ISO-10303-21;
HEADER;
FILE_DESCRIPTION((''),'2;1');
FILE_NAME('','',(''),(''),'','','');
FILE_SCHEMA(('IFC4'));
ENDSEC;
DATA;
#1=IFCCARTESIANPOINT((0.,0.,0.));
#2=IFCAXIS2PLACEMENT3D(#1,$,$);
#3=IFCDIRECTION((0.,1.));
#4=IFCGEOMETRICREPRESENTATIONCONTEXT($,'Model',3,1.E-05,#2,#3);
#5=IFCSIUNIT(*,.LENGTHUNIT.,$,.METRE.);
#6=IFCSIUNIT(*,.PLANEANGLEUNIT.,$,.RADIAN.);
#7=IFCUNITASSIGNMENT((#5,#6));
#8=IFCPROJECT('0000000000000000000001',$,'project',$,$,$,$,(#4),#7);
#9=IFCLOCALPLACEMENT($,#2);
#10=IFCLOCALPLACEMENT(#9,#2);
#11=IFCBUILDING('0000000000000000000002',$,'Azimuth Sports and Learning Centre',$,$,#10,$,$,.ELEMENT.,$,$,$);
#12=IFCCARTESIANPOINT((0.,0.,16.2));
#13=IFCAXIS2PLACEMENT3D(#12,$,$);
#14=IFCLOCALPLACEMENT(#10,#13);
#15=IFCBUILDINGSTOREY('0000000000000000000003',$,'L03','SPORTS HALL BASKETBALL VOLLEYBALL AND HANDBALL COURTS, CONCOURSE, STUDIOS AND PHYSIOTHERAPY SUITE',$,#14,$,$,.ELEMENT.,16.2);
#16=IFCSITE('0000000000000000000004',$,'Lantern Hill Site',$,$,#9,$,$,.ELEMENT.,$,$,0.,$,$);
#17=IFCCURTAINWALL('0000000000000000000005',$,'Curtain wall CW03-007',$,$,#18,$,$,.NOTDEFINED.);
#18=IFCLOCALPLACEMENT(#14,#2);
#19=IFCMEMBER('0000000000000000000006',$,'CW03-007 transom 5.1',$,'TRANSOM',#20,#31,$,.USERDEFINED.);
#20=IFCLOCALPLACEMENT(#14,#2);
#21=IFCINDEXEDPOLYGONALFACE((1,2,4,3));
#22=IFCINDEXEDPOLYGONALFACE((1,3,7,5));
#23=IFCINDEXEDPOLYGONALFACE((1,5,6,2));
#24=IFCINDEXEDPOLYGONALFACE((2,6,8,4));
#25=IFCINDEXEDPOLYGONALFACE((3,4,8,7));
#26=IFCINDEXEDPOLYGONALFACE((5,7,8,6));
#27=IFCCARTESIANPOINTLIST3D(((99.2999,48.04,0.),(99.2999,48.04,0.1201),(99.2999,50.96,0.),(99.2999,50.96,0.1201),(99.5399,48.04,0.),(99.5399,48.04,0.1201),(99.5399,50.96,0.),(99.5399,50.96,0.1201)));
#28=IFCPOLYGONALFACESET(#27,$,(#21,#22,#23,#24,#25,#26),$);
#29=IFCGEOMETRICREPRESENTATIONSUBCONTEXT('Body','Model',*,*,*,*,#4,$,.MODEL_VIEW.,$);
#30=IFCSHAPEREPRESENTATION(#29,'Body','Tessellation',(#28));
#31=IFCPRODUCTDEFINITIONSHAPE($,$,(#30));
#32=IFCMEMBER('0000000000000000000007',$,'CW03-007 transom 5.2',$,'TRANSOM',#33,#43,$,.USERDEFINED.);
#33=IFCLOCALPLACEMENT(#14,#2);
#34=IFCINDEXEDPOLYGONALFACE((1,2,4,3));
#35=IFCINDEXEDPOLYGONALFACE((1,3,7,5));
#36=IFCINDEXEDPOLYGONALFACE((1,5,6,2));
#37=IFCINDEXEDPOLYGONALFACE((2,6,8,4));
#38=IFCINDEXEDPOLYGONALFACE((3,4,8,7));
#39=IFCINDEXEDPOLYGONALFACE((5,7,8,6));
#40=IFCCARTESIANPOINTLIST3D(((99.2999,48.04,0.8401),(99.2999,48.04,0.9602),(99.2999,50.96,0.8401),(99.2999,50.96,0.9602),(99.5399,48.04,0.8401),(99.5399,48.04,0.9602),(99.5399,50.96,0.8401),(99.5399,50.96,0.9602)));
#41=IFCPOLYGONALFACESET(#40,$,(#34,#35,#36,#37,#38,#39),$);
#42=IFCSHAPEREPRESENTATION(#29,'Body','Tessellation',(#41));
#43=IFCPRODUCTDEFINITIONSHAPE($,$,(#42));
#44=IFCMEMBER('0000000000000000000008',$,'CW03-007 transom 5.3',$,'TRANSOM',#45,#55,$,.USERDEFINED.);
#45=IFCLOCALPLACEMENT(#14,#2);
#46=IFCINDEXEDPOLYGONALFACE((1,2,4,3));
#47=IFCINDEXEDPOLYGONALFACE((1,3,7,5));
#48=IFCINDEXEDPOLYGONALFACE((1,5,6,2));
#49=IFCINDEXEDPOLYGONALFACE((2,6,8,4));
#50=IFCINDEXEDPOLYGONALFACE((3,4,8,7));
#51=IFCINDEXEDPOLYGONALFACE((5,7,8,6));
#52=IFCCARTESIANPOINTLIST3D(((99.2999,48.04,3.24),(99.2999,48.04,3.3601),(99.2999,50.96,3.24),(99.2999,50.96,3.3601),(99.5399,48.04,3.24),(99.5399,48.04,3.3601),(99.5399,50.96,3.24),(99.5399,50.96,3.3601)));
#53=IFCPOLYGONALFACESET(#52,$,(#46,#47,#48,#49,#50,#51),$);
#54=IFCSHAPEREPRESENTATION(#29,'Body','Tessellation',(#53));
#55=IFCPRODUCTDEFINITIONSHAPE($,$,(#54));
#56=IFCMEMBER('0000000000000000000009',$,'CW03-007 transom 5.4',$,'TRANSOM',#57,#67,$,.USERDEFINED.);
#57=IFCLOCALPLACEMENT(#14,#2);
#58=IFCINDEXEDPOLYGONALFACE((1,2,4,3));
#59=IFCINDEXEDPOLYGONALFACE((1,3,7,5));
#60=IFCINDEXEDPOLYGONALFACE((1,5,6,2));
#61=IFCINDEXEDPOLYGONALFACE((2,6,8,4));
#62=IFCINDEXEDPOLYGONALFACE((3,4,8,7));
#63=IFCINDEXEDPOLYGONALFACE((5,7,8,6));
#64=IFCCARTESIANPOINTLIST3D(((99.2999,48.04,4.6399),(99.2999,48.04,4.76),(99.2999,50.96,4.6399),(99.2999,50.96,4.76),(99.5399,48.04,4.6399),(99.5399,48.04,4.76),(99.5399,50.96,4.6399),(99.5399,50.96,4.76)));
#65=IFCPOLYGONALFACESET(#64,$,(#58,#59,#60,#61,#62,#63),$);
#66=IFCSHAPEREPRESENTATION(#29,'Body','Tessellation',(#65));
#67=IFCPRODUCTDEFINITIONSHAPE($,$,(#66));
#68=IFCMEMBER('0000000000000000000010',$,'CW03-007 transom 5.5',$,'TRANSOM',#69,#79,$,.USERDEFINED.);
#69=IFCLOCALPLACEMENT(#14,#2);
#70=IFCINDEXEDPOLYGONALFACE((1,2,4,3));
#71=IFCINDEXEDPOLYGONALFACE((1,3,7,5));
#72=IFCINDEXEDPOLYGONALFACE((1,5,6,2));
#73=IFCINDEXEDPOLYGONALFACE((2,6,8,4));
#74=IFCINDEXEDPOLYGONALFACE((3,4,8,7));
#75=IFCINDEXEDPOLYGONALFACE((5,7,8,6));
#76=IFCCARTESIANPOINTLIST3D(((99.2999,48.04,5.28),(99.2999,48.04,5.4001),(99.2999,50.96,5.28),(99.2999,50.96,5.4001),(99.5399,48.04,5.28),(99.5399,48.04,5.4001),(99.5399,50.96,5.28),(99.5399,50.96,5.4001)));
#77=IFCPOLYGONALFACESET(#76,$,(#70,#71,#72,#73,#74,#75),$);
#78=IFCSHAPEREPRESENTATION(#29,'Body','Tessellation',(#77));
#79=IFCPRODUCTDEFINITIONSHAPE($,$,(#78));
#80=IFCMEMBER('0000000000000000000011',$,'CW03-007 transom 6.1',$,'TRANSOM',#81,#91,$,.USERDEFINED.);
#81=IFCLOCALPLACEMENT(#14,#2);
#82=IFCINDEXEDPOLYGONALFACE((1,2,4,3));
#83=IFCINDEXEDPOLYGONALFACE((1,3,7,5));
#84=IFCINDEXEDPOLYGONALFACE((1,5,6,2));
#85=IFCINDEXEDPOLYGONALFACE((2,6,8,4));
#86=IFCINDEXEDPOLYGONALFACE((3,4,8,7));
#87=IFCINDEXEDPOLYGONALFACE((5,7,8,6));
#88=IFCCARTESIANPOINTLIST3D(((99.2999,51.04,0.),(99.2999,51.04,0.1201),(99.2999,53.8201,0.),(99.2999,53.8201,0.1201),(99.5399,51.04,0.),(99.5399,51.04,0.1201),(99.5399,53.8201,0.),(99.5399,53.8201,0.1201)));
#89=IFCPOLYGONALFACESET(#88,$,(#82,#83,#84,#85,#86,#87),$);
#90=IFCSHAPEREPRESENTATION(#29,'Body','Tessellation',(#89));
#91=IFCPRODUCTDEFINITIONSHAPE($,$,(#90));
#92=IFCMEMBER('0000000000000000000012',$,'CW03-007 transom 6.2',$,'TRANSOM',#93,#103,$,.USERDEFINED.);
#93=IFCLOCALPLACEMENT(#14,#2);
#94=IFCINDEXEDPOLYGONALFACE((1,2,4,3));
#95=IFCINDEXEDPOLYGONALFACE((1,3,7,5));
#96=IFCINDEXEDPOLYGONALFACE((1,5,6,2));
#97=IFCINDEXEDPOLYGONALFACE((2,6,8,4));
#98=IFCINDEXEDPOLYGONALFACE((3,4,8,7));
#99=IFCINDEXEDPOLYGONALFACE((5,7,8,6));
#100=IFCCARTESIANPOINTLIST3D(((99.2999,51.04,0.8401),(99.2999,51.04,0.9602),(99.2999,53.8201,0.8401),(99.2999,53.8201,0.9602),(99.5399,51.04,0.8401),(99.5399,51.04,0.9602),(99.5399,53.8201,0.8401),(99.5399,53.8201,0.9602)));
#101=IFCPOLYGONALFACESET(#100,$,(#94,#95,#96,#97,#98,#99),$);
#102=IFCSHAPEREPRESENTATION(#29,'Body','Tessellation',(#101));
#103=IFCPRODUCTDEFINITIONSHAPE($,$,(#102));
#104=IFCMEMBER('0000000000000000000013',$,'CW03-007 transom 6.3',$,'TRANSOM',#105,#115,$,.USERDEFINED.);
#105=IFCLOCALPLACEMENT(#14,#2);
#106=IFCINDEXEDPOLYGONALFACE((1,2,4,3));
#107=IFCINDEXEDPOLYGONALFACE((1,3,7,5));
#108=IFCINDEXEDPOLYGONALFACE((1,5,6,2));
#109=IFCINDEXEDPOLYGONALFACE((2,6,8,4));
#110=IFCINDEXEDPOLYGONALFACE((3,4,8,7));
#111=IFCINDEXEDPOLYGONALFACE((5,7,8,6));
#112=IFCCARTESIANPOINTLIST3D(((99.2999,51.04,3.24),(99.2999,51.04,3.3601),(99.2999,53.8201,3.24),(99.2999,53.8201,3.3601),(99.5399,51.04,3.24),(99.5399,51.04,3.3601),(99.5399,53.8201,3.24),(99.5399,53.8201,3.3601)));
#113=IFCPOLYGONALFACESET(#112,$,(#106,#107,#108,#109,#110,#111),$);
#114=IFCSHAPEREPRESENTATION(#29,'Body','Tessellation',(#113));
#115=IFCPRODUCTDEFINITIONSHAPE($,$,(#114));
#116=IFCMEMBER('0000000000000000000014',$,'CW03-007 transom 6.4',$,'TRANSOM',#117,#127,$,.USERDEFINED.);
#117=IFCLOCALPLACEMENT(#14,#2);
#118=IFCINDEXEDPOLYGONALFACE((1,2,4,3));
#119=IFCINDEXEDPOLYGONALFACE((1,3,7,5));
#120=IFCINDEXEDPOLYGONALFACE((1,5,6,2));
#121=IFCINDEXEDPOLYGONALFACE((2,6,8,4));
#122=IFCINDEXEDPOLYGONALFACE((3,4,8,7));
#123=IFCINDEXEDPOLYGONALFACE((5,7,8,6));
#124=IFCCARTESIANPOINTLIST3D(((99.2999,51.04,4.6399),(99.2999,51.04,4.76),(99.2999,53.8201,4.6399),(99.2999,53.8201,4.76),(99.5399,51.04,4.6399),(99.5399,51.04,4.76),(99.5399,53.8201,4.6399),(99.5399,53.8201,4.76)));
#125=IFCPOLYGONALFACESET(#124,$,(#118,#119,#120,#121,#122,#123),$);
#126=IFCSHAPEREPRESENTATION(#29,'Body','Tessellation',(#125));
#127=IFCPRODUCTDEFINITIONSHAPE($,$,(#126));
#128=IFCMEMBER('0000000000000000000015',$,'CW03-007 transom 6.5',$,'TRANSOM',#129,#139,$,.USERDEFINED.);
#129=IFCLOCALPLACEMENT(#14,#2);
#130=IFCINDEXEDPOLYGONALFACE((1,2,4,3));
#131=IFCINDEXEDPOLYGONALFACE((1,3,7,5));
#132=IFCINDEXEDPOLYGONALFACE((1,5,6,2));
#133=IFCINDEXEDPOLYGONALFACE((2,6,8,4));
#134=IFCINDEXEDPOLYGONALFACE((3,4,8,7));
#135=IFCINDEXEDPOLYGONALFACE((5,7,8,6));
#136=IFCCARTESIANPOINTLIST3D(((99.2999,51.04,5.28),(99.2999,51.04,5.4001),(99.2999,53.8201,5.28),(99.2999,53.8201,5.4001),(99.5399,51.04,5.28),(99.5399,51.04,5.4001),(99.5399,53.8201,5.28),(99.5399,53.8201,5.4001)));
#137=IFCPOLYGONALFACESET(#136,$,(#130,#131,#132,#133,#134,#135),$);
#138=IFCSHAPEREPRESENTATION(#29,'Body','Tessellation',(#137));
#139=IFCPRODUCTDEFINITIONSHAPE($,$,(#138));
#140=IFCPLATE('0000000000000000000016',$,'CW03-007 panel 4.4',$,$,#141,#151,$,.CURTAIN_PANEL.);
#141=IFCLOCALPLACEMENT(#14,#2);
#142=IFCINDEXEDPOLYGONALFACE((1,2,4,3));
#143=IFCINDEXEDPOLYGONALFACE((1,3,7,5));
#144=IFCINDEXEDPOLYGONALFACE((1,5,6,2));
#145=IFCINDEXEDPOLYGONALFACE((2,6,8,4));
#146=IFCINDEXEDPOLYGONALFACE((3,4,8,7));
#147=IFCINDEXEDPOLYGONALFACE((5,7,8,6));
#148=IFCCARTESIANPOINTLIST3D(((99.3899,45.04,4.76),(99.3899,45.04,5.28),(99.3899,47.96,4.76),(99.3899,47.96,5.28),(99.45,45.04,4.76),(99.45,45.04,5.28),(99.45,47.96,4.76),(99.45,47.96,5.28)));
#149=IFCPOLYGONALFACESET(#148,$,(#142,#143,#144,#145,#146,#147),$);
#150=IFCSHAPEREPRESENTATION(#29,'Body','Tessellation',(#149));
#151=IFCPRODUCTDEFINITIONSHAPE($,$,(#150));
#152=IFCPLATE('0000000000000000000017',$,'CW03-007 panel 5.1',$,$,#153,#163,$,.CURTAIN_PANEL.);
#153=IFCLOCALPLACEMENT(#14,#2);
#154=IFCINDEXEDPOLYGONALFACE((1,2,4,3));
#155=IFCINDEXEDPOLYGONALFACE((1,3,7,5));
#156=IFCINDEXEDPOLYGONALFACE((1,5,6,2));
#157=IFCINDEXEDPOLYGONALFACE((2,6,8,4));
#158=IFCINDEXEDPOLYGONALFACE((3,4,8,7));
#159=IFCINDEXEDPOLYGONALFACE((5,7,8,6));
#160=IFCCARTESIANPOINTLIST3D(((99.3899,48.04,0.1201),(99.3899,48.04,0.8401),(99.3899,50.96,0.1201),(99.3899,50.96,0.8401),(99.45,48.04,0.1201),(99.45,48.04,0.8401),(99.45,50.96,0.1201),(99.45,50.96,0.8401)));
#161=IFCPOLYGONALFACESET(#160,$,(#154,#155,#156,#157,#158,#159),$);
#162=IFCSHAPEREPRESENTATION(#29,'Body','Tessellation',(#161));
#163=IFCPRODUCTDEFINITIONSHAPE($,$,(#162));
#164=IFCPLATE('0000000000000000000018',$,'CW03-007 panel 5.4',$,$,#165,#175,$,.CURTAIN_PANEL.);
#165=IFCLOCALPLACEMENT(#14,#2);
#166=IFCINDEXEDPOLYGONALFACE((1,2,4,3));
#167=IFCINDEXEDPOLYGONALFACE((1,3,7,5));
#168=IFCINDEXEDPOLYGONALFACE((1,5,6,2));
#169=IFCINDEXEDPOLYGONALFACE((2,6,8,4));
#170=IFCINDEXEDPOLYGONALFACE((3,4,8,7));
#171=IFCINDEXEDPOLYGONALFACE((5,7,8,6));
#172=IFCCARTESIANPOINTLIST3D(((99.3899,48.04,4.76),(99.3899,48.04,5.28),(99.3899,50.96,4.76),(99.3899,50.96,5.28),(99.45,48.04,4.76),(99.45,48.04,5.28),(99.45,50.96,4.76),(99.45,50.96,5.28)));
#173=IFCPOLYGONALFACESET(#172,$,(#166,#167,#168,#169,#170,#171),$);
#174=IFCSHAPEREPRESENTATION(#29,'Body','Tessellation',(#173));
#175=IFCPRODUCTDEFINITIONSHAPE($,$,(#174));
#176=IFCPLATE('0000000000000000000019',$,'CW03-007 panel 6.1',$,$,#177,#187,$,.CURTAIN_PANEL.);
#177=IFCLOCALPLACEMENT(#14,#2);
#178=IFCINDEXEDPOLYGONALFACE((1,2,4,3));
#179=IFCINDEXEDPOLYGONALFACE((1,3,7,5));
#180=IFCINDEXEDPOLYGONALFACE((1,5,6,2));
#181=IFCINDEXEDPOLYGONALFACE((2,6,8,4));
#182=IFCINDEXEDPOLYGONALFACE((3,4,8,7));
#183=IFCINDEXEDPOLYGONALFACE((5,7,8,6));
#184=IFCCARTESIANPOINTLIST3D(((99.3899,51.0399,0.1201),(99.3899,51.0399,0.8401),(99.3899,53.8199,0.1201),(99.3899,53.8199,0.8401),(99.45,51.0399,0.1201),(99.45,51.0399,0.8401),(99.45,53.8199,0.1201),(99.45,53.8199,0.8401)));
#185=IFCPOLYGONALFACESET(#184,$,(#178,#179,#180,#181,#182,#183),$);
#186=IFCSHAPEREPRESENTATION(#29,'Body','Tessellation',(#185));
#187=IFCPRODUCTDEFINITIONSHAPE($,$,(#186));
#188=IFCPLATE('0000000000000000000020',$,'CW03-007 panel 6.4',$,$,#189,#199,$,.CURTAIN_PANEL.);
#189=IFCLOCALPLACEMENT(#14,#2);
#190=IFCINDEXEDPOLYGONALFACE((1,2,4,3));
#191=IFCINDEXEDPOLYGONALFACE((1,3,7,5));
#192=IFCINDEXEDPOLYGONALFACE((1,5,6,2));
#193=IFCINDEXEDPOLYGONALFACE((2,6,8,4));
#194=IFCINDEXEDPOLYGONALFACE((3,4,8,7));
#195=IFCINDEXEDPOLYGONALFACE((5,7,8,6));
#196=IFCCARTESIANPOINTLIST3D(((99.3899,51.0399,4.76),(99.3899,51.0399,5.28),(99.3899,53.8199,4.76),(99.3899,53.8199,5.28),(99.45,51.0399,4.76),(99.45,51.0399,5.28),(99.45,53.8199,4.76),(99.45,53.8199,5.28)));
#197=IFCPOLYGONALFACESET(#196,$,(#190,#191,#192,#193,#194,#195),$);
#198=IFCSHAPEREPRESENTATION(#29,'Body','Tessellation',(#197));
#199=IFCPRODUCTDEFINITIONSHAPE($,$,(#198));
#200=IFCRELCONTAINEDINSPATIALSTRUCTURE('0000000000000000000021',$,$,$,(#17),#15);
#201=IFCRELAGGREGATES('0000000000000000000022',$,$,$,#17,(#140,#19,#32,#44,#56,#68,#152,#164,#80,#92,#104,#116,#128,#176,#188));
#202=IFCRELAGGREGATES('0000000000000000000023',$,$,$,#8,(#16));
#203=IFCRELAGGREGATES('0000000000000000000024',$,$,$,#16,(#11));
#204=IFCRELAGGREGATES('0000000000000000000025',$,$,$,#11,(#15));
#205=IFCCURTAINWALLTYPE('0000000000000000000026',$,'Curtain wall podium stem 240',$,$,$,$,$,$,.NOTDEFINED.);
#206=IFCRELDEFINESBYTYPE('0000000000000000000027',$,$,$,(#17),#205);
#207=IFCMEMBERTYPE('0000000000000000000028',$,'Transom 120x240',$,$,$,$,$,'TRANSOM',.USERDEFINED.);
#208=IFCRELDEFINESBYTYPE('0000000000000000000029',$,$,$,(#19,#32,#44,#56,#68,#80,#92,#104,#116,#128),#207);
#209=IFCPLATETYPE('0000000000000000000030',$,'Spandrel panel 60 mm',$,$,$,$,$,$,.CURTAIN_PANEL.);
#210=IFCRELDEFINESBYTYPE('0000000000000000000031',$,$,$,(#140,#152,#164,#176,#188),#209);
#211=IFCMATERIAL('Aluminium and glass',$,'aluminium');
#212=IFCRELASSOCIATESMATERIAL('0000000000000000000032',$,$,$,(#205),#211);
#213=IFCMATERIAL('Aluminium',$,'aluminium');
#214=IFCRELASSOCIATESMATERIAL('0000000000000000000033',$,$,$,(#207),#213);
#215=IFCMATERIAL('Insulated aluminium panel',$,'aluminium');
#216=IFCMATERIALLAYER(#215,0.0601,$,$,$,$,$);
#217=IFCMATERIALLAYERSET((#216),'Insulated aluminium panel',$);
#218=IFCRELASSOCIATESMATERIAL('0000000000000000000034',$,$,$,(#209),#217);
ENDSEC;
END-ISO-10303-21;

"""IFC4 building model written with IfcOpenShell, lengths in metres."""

from ifc_helpers import new_model, si_unit, direction, frame, origin, origin_2d, place, context, subcontext, project, spatial, rectangle, extrude, material, layer, layer_set, material_profile, profile_set, type_object, element, aggregate, save


model = new_model("IFC4")

# Units and contexts
model_context = context("Model", 3, precision=1e-05, world=origin(), true_north=direction((0.0, 1.0)))
body_context = subcontext(model_context, "Body", "Model", "MODEL_VIEW")
ifc_project = project(units=[si_unit("LENGTHUNIT", "METRE"), si_unit("PLANEANGLEUNIT", "RADIAN")], contexts=[model_context])

# Site, building, storey
site_placement = place(None, origin())
site = spatial("IfcSite", under=ifc_project, at=site_placement, Name="Lantern Hill Site", CompositionType="ELEMENT", RefElevation=0.0)
building_placement = place(site_placement, origin())
building = spatial("IfcBuilding", under=site, at=building_placement, Name="Azimuth Sports and Learning Centre", CompositionType="ELEMENT")
storey_placement = place(building_placement, frame((0.0, 0.0, 16.2)))
storey = spatial("IfcBuildingStorey", under=building, at=storey_placement, Name="L03", Description="SPORTS HALL BASKETBALL VOLLEYBALL AND HANDBALL COURTS, CONCOURSE, STUDIOS AND PHYSIOTHERAPY SUITE", CompositionType="ELEMENT", Elevation=16.2)

# Curtain wall
ifc_material_1 = material(Name="Aluminium and glass", Category="aluminium")
curtain_wall_type = type_object("IfcCurtainWallType", Name="Curtain wall podium stem 240", PredefinedType="NOTDEFINED", material=ifc_material_1)
curtain_wall_1_placement = place(storey_placement, origin())
curtain_wall_1 = element("IfcCurtainWall", 1, at=curtain_wall_1_placement, inside=storey, type_object=curtain_wall_type, Name="Curtain wall CW03-007", PredefinedType="NOTDEFINED")

# Members
ifc_material_2 = material(Name="Aluminium", Category="aluminium")
ifc_material_profile_1 = material_profile(ifc_material_2, rectangle(XDim=0.24, YDim=0.1201, at=origin_2d()), Name="Transom 120x240")
ifc_profile_set_1 = profile_set([ifc_material_profile_1], Name="Aluminium")
member_type_1 = type_object("IfcMemberType", Name="Transom 120x240", ElementType="TRANSOM", PredefinedType="USERDEFINED", material=ifc_profile_set_1)
member_1_placement = place(storey_placement, frame((99.4199, 48.04, 0.0601), z_axis=(0.0, 1.0, 0.0), x_axis=(-1.0, 0.0, 0.0)))
member_1 = element("IfcMember", 2, at=member_1_placement, type_object=member_type_1, Name="CW03-007 transom 5.1", ObjectType="TRANSOM", PredefinedType="USERDEFINED", context=body_context, shape_type="SweptSolid", body=[
    extrude(rectangle(XDim=0.24, YDim=0.1201, at=origin_2d()), origin(), (0.0, 0.0, 1.0), 2.9199),
])
member_2_placement = place(storey_placement, frame((99.4199, 48.04, 0.9001), z_axis=(0.0, 1.0, 0.0), x_axis=(-1.0, 0.0, 0.0)))
member_2 = element("IfcMember", 3, at=member_2_placement, type_object=member_type_1, Name="CW03-007 transom 5.2", ObjectType="TRANSOM", PredefinedType="USERDEFINED", context=body_context, shape_type="SweptSolid", body=[
    extrude(rectangle(XDim=0.24, YDim=0.1201, at=origin_2d()), origin(), (0.0, 0.0, 1.0), 2.9199),
])
member_3_placement = place(storey_placement, frame((99.4199, 48.04, 3.3), z_axis=(0.0, 1.0, 0.0), x_axis=(-1.0, 0.0, 0.0)))
member_3 = element("IfcMember", 4, at=member_3_placement, type_object=member_type_1, Name="CW03-007 transom 5.3", ObjectType="TRANSOM", PredefinedType="USERDEFINED", context=body_context, shape_type="SweptSolid", body=[
    extrude(rectangle(XDim=0.24, YDim=0.1201, at=origin_2d()), origin(), (0.0, 0.0, 1.0), 2.9199),
])
member_4_placement = place(storey_placement, frame((99.4199, 48.04, 4.7), z_axis=(0.0, 1.0, 0.0), x_axis=(-1.0, 0.0, 0.0)))
member_4 = element("IfcMember", 5, at=member_4_placement, type_object=member_type_1, Name="CW03-007 transom 5.4", ObjectType="TRANSOM", PredefinedType="USERDEFINED", context=body_context, shape_type="SweptSolid", body=[
    extrude(rectangle(XDim=0.24, YDim=0.1201, at=origin_2d()), origin(), (0.0, 0.0, 1.0), 2.9199),
])
member_5_placement = place(storey_placement, frame((99.4199, 48.04, 5.3401), z_axis=(0.0, 1.0, 0.0), x_axis=(-1.0, 0.0, 0.0)))
member_5 = element("IfcMember", 6, at=member_5_placement, type_object=member_type_1, Name="CW03-007 transom 5.5", ObjectType="TRANSOM", PredefinedType="USERDEFINED", context=body_context, shape_type="SweptSolid", body=[
    extrude(rectangle(XDim=0.24, YDim=0.1201, at=origin_2d()), origin(), (0.0, 0.0, 1.0), 2.9199),
])
member_6_placement = place(storey_placement, frame((99.4199, 51.04, 0.0601), z_axis=(0.0, 1.0, 0.0), x_axis=(-1.0, 0.0, 0.0)))
member_6 = element("IfcMember", 7, at=member_6_placement, type_object=member_type_1, Name="CW03-007 transom 6.1", ObjectType="TRANSOM", PredefinedType="USERDEFINED", context=body_context, shape_type="SweptSolid", body=[
    extrude(rectangle(XDim=0.24, YDim=0.1201, at=origin_2d()), origin(), (0.0, 0.0, 1.0), 2.78),
])
member_7_placement = place(storey_placement, frame((99.4199, 51.04, 0.9001), z_axis=(0.0, 1.0, 0.0), x_axis=(-1.0, 0.0, 0.0)))
member_7 = element("IfcMember", 8, at=member_7_placement, type_object=member_type_1, Name="CW03-007 transom 6.2", ObjectType="TRANSOM", PredefinedType="USERDEFINED", context=body_context, shape_type="SweptSolid", body=[
    extrude(rectangle(XDim=0.24, YDim=0.1201, at=origin_2d()), origin(), (0.0, 0.0, 1.0), 2.78),
])
member_8_placement = place(storey_placement, frame((99.4199, 51.04, 3.3), z_axis=(0.0, 1.0, 0.0), x_axis=(-1.0, 0.0, 0.0)))
member_8 = element("IfcMember", 9, at=member_8_placement, type_object=member_type_1, Name="CW03-007 transom 6.3", ObjectType="TRANSOM", PredefinedType="USERDEFINED", context=body_context, shape_type="SweptSolid", body=[
    extrude(rectangle(XDim=0.24, YDim=0.1201, at=origin_2d()), origin(), (0.0, 0.0, 1.0), 2.78),
])
member_9_placement = place(storey_placement, frame((99.4199, 51.04, 4.7), z_axis=(0.0, 1.0, 0.0), x_axis=(-1.0, 0.0, 0.0)))
member_9 = element("IfcMember", 10, at=member_9_placement, type_object=member_type_1, Name="CW03-007 transom 6.4", ObjectType="TRANSOM", PredefinedType="USERDEFINED", context=body_context, shape_type="SweptSolid", body=[
    extrude(rectangle(XDim=0.24, YDim=0.1201, at=origin_2d()), origin(), (0.0, 0.0, 1.0), 2.78),
])
member_10_placement = place(storey_placement, frame((99.4199, 51.04, 5.3401), z_axis=(0.0, 1.0, 0.0), x_axis=(-1.0, 0.0, 0.0)))
member_10 = element("IfcMember", 11, at=member_10_placement, type_object=member_type_1, Name="CW03-007 transom 6.5", ObjectType="TRANSOM", PredefinedType="USERDEFINED", context=body_context, shape_type="SweptSolid", body=[
    extrude(rectangle(XDim=0.24, YDim=0.1201, at=origin_2d()), origin(), (0.0, 0.0, 1.0), 2.78),
])

# Plates
ifc_material_3 = material(Name="Insulated aluminium panel", Category="aluminium")
ifc_layer_1 = layer(ifc_material_3, 0.0601)
ifc_layer_set_1 = layer_set([ifc_layer_1], Name="Insulated aluminium panel")
plate_type_1 = type_object("IfcPlateType", Name="Spandrel panel 60 mm", PredefinedType="CURTAIN_PANEL", material=ifc_layer_set_1)
plate_1_placement = place(storey_placement, frame((99.4199, 46.5, 4.76), z_axis=(0.0, 0.0, 1.0), x_axis=(0.0, 1.0, 0.0)))
plate_1 = element("IfcPlate", 12, at=plate_1_placement, type_object=plate_type_1, Name="CW03-007 panel 4.4", PredefinedType="CURTAIN_PANEL", context=body_context, shape_type="SweptSolid", body=[
    extrude(rectangle(XDim=2.9199, YDim=0.0601, at=origin_2d()), origin(), (0.0, 0.0, 1.0), 0.52),
])
plate_2_placement = place(storey_placement, frame((99.4199, 49.5, 0.1201), z_axis=(0.0, 0.0, 1.0), x_axis=(0.0, 1.0, 0.0)))
plate_2 = element("IfcPlate", 13, at=plate_2_placement, type_object=plate_type_1, Name="CW03-007 panel 5.1", PredefinedType="CURTAIN_PANEL", context=body_context, shape_type="SweptSolid", body=[
    extrude(rectangle(XDim=2.9199, YDim=0.0601, at=origin_2d()), origin(), (0.0, 0.0, 1.0), 0.72),
])
plate_3_placement = place(storey_placement, frame((99.4199, 49.5, 4.76), z_axis=(0.0, 0.0, 1.0), x_axis=(0.0, 1.0, 0.0)))
plate_3 = element("IfcPlate", 14, at=plate_3_placement, type_object=plate_type_1, Name="CW03-007 panel 5.4", PredefinedType="CURTAIN_PANEL", context=body_context, shape_type="SweptSolid", body=[
    extrude(rectangle(XDim=2.9199, YDim=0.0601, at=origin_2d()), origin(), (0.0, 0.0, 1.0), 0.52),
])
plate_4_placement = place(storey_placement, frame((99.4199, 52.4299, 0.1201), z_axis=(0.0, 0.0, 1.0), x_axis=(0.0, 1.0, 0.0)))
plate_4 = element("IfcPlate", 15, at=plate_4_placement, type_object=plate_type_1, Name="CW03-007 panel 6.1", PredefinedType="CURTAIN_PANEL", context=body_context, shape_type="SweptSolid", body=[
    extrude(rectangle(XDim=2.78, YDim=0.0601, at=origin_2d()), origin(), (0.0, 0.0, 1.0), 0.72),
])
plate_5_placement = place(storey_placement, frame((99.4199, 52.4299, 4.76), z_axis=(0.0, 0.0, 1.0), x_axis=(0.0, 1.0, 0.0)))
plate_5 = element("IfcPlate", 16, at=plate_5_placement, type_object=plate_type_1, Name="CW03-007 panel 6.4", PredefinedType="CURTAIN_PANEL", context=body_context, shape_type="SweptSolid", body=[
    extrude(rectangle(XDim=2.78, YDim=0.0601, at=origin_2d()), origin(), (0.0, 0.0, 1.0), 0.52),
])
aggregate(curtain_wall_1, [plate_1, member_1, member_2, member_3, member_4, member_5, plate_2, plate_3, member_6, member_7, member_8, member_9, member_10, plate_4, plate_5])

save(model, "model.ifc")
